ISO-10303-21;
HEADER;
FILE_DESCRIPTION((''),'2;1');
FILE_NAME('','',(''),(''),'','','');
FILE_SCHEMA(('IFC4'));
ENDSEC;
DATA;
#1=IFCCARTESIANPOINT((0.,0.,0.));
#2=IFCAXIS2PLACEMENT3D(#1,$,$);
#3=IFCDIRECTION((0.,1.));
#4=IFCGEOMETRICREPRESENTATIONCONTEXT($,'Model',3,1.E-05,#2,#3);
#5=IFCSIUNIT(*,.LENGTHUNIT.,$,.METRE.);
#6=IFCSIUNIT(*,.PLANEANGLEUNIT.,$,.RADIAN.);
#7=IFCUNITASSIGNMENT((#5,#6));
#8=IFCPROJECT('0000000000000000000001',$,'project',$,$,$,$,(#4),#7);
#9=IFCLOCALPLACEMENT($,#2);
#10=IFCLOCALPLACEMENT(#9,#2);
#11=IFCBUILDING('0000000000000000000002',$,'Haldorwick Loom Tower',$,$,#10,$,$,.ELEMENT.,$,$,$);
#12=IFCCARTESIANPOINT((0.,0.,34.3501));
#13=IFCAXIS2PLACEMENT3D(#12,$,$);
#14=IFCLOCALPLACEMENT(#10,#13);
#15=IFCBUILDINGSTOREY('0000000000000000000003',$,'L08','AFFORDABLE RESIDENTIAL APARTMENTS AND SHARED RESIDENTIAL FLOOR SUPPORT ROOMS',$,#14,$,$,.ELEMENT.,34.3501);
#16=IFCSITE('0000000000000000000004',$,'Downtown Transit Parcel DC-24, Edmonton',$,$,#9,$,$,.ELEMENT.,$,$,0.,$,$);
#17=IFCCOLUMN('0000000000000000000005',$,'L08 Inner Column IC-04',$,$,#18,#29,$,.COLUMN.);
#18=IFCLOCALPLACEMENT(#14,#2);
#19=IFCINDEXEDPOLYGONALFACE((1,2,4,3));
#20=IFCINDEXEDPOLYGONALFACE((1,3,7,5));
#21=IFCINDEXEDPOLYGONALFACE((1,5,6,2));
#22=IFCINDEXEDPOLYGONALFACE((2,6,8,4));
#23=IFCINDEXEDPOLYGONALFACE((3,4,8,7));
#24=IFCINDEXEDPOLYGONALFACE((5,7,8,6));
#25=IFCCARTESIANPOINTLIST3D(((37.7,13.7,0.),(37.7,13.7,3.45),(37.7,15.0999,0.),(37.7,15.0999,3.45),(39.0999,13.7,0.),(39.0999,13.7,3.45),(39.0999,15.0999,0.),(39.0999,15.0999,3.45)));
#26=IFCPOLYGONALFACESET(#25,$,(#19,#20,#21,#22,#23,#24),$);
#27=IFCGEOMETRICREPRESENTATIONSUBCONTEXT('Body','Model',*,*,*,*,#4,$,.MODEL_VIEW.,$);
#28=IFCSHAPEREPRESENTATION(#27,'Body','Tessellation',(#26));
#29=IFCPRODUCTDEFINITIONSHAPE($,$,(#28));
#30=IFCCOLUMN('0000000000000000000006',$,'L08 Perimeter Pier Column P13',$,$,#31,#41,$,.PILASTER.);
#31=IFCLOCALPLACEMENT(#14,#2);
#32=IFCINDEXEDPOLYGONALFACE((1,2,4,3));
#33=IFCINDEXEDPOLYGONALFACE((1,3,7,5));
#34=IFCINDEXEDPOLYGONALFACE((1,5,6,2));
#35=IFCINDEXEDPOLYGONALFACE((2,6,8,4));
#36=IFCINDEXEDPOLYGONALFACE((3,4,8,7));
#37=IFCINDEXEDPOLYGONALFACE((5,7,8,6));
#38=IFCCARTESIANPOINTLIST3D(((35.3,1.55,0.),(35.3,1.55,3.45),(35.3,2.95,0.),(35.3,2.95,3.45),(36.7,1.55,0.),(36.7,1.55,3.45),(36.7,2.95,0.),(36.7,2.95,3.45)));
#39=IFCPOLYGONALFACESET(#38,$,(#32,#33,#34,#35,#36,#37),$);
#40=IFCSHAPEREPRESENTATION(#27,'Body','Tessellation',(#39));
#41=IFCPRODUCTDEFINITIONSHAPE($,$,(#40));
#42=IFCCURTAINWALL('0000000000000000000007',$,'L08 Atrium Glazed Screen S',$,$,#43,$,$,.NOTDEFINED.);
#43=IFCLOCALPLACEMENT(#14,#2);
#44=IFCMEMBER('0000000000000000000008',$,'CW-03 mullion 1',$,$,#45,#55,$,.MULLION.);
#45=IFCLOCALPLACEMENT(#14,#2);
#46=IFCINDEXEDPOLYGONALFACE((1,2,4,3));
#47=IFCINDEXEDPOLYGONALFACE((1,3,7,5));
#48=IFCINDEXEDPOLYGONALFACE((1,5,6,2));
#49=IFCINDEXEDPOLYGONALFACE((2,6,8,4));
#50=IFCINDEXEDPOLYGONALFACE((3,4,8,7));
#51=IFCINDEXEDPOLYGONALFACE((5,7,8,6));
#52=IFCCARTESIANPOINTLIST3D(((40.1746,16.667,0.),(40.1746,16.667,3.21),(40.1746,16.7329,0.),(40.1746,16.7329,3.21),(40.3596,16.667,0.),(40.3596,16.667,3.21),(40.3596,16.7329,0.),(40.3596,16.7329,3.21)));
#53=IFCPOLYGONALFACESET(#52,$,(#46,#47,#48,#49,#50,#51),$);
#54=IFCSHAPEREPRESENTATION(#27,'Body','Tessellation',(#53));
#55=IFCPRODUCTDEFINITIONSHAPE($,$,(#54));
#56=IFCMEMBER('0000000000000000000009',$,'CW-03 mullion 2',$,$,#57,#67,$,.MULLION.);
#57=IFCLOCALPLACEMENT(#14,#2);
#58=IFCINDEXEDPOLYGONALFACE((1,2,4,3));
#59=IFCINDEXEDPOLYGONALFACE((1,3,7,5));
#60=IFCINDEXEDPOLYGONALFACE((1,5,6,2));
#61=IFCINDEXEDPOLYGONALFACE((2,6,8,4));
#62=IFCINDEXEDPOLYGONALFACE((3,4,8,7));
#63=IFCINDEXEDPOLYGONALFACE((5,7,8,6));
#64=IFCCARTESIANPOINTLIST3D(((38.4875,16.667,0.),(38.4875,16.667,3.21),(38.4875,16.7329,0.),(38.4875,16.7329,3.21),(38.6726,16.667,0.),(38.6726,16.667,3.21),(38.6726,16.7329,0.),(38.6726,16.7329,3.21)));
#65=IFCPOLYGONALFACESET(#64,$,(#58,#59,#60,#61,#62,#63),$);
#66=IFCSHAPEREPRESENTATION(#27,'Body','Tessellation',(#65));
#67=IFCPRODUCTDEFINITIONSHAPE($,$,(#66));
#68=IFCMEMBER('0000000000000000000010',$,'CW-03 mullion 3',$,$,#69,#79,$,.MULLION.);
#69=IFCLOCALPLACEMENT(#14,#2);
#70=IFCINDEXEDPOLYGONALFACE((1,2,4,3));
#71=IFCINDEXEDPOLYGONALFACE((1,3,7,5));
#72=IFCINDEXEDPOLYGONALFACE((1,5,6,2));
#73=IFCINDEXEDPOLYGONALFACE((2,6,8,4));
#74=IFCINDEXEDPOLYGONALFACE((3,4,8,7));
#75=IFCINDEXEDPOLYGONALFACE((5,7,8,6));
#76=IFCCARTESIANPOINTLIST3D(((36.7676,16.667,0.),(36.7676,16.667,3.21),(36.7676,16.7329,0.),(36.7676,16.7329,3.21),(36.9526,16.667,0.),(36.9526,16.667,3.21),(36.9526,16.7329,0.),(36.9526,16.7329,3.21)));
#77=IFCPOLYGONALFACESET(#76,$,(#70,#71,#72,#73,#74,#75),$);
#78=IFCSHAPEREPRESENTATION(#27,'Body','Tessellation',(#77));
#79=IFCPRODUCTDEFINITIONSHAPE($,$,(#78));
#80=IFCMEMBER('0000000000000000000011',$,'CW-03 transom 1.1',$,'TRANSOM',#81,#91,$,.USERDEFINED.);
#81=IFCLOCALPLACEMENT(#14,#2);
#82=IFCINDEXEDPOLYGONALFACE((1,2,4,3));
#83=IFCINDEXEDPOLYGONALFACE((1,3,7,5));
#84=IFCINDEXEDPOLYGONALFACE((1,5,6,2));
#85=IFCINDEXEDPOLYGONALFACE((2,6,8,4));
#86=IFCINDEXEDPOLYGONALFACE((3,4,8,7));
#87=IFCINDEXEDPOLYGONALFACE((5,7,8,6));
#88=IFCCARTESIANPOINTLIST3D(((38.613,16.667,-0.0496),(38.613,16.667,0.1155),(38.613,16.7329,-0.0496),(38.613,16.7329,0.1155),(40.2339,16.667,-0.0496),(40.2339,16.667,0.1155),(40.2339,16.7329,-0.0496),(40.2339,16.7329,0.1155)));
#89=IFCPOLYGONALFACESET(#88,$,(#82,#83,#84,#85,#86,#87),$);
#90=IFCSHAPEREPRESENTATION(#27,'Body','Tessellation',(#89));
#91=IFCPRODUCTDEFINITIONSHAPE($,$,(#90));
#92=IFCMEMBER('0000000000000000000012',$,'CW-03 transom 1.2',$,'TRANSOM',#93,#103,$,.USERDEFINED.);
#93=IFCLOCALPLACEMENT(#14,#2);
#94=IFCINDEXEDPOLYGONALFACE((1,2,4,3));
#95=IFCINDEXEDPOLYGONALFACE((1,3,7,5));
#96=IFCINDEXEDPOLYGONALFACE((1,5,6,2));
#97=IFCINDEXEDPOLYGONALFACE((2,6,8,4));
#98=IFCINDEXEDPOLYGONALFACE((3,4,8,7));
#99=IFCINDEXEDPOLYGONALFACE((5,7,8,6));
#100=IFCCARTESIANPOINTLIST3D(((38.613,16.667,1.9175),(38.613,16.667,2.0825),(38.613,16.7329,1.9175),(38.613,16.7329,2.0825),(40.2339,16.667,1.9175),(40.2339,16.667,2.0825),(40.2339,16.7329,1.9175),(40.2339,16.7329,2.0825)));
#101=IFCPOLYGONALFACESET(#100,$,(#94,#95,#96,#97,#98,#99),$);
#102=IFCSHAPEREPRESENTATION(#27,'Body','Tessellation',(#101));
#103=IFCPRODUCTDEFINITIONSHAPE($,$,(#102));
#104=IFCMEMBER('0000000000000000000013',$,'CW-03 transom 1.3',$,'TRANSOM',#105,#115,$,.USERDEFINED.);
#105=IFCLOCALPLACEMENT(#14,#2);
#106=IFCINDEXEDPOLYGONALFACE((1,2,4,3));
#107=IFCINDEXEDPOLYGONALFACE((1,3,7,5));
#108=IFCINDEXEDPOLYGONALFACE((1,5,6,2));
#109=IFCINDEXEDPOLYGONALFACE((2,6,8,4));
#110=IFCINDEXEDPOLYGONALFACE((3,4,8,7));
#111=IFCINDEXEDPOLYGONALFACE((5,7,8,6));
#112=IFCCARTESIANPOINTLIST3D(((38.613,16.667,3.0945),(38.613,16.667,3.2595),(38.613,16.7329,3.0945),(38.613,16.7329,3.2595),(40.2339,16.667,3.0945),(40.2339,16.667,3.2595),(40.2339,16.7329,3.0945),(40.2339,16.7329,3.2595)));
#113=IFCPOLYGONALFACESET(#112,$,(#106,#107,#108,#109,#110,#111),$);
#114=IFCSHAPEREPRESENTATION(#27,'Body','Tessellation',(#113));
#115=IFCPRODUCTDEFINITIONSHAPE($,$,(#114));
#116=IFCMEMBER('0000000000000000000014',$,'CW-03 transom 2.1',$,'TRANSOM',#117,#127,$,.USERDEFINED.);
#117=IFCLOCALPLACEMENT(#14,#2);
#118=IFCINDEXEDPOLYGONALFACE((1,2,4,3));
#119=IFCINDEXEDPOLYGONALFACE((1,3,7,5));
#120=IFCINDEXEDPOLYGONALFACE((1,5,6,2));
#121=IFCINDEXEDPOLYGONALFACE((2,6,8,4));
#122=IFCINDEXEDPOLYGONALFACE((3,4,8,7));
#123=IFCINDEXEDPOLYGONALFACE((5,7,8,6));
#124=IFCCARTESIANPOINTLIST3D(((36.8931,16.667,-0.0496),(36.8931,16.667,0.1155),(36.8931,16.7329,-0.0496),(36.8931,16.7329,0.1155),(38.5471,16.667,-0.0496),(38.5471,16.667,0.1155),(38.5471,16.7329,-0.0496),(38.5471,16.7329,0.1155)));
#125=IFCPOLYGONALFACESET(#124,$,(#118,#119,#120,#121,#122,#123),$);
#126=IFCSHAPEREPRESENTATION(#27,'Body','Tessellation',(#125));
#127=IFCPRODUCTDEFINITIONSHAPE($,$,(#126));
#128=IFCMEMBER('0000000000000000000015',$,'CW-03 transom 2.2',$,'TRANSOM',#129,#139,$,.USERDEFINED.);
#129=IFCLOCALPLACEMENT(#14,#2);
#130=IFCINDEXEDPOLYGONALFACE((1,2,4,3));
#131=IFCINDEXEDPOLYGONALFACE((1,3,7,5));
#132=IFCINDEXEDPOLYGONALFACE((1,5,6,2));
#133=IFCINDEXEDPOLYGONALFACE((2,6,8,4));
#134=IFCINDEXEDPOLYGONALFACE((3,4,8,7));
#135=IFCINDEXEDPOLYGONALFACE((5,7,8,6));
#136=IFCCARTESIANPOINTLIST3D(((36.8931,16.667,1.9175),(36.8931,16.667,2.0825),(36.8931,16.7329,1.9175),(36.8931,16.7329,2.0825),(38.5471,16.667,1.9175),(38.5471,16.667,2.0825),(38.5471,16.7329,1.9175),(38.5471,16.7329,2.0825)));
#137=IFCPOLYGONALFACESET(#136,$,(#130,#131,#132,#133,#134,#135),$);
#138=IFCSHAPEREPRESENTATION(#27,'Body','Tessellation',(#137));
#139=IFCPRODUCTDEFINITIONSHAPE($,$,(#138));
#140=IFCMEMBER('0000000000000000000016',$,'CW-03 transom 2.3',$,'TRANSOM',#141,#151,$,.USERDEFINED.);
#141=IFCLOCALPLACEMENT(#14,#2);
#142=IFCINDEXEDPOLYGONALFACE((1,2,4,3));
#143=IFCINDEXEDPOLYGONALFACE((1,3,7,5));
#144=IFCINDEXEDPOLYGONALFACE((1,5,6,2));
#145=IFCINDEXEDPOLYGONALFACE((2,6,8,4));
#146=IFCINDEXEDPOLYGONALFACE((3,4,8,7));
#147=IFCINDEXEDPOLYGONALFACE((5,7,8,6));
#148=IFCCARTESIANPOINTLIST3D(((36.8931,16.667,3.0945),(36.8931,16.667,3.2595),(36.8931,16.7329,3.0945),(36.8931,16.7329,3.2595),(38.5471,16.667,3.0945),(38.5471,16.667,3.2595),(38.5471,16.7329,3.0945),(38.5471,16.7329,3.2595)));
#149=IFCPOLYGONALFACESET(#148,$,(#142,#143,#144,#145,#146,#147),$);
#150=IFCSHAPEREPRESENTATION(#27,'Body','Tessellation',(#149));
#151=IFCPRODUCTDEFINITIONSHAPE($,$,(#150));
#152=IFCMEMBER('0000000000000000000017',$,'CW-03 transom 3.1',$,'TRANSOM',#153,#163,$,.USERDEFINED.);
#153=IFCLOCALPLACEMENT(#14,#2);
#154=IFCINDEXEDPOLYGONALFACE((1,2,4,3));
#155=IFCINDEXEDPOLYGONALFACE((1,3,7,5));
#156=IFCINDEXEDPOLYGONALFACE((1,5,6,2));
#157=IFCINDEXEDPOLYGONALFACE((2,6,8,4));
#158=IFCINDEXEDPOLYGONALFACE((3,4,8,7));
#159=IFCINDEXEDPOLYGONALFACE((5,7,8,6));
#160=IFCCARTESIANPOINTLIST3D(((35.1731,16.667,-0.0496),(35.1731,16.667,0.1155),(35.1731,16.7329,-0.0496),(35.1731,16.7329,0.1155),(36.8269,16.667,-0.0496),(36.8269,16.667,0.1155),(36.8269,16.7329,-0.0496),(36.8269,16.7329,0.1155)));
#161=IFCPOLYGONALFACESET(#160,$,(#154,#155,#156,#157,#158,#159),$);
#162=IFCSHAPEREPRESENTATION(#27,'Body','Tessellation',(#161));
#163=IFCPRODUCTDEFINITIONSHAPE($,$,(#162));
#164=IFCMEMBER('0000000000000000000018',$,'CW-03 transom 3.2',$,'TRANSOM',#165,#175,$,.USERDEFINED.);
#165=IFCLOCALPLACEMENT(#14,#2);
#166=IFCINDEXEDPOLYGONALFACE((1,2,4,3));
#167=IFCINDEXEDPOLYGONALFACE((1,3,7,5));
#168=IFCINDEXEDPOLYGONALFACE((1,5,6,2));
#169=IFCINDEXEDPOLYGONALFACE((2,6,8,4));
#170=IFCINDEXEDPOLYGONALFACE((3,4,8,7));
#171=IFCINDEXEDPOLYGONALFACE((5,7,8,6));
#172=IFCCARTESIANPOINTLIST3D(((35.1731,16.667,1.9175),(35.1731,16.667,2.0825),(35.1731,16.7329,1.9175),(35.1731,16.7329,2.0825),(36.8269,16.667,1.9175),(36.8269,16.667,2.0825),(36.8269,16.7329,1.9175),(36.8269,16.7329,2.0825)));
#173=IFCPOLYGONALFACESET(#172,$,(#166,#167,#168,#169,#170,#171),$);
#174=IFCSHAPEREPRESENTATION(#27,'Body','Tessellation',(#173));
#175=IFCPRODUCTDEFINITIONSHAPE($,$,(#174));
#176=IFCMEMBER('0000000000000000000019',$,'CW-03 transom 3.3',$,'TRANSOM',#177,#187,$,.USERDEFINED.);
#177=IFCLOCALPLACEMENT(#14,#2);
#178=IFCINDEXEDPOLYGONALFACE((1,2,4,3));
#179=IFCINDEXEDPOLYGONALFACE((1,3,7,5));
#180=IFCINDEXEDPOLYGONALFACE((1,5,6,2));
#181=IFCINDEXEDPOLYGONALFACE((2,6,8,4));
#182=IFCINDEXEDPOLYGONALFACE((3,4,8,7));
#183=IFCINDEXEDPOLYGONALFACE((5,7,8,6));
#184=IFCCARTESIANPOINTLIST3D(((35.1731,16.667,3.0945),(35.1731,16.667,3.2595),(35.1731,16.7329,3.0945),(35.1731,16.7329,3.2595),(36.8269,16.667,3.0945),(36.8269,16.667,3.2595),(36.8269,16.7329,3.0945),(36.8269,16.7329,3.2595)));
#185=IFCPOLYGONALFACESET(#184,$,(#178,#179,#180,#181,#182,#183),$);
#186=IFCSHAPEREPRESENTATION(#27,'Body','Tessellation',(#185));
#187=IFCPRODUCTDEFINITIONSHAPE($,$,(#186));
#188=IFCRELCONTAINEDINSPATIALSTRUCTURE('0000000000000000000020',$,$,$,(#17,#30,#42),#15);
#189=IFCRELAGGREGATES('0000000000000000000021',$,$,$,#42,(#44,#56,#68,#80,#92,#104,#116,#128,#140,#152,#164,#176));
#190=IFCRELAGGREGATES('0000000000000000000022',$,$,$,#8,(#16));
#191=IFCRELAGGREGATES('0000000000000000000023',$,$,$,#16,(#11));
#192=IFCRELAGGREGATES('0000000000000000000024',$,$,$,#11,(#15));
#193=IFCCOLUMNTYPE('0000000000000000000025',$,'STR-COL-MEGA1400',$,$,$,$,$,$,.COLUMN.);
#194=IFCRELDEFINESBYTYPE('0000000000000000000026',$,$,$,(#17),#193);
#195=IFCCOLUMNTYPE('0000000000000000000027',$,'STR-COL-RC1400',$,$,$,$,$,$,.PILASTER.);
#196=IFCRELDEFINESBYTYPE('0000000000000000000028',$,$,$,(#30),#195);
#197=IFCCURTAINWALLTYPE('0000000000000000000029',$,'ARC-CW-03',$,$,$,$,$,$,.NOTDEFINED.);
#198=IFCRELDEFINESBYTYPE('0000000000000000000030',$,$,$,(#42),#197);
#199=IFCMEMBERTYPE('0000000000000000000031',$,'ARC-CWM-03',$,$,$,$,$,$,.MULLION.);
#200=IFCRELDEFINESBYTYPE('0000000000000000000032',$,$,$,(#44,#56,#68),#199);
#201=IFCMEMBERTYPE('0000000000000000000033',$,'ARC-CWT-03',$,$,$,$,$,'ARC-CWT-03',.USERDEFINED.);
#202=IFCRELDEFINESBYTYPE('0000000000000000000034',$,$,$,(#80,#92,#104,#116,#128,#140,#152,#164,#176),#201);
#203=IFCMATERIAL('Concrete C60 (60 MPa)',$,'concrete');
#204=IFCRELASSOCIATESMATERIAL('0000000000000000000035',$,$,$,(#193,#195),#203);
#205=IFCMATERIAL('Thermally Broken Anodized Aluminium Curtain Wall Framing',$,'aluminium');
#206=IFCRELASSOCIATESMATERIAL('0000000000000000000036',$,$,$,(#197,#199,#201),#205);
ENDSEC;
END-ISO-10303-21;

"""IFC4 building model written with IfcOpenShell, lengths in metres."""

from ifc_helpers import new_model, si_unit, direction, frame, origin, origin_2d, place, context, subcontext, project, spatial, rectangle, extrude, material, material_profile, profile_set, type_object, element, aggregate, save


model = new_model("IFC4")

# Units and contexts
model_context = context("Model", 3, precision=1e-05, world=origin(), true_north=direction((0.0, 1.0)))
body_context = subcontext(model_context, "Body", "Model", "MODEL_VIEW")
ifc_project = project(units=[si_unit("LENGTHUNIT", "METRE"), si_unit("PLANEANGLEUNIT", "RADIAN")], contexts=[model_context])

# Site, building, storey
site_placement = place(None, origin())
site = spatial("IfcSite", under=ifc_project, at=site_placement, Name="Downtown Transit Parcel DC-24, Edmonton", CompositionType="ELEMENT", RefElevation=0.0)
building_placement = place(site_placement, origin())
building = spatial("IfcBuilding", under=site, at=building_placement, Name="Haldorwick Loom Tower", CompositionType="ELEMENT")
storey_placement = place(building_placement, frame((0.0, 0.0, 34.3501)))
storey = spatial("IfcBuildingStorey", under=building, at=storey_placement, Name="L08", Description="AFFORDABLE RESIDENTIAL APARTMENTS AND SHARED RESIDENTIAL FLOOR SUPPORT ROOMS", CompositionType="ELEMENT", Elevation=34.3501)

# Columns
ifc_material_1 = material(Name="Concrete C60 (60 MPa)", Category="concrete")
ifc_material_profile_1 = material_profile(ifc_material_1, rectangle(XDim=1.3999, YDim=1.3999, at=origin_2d()), Name="RC1400X1400", Category="concrete")
ifc_profile_set_1 = profile_set([ifc_material_profile_1], Name="Concrete C60 (60 MPa)")
column_type_1 = type_object("IfcColumnType", Name="STR-COL-MEGA1400", PredefinedType="COLUMN", material=ifc_profile_set_1)
column_1_placement = place(storey_placement, frame((38.3999, 14.3999, 0.0), z_axis=(0.0, 0.0, 1.0), x_axis=(1.0, 0.0, 0.0)))
element("IfcColumn", 1, at=column_1_placement, inside=storey, type_object=column_type_1, Name="L08 Inner Column IC-04", PredefinedType="COLUMN", context=body_context, shape_type="SweptSolid", body=[
    extrude(rectangle(XDim=1.3999, YDim=1.3999, at=origin_2d()), origin(), (0.0, 0.0, 1.0), 3.45),
])
ifc_material_profile_2 = material_profile(ifc_material_1, rectangle(XDim=1.3999, YDim=1.3999, at=origin_2d()), Name="RC1400X1400", Category="concrete")
ifc_profile_set_2 = profile_set([ifc_material_profile_2], Name="Concrete C60 (60 MPa)")
column_type_2 = type_object("IfcColumnType", Name="STR-COL-RC1400", PredefinedType="PILASTER", material=ifc_profile_set_2)
column_2_placement = place(storey_placement, frame((36.0, 2.25, 0.0), z_axis=(0.0, 0.0, 1.0), x_axis=(0.0, -1.0, 0.0)))
element("IfcColumn", 2, at=column_2_placement, inside=storey, type_object=column_type_2, Name="L08 Perimeter Pier Column P13", PredefinedType="PILASTER", context=body_context, shape_type="SweptSolid", body=[
    extrude(rectangle(XDim=1.3999, YDim=1.3999, at=origin_2d()), origin(), (0.0, 0.0, 1.0), 3.45),
])

# Curtain wall, members
ifc_material_2 = material(Name="Thermally Broken Anodized Aluminium Curtain Wall Framing", Category="aluminium")
curtain_wall_type = type_object("IfcCurtainWallType", Name="ARC-CW-03", PredefinedType="NOTDEFINED", material=ifc_material_2)
curtain_wall_placement = place(storey_placement, origin())
curtain_wall = element("IfcCurtainWall", 3, at=curtain_wall_placement, inside=storey, type_object=curtain_wall_type, Name="L08 Atrium Glazed Screen S", PredefinedType="NOTDEFINED")
ifc_material_profile_3 = material_profile(ifc_material_2, rectangle(XDim=0.0659, YDim=0.1851, at=origin_2d()), Name="ALU_MUL_66X185", Category="aluminium")
ifc_profile_set_3 = profile_set([ifc_material_profile_3], Name="Thermally Broken Anodized Aluminium Curtain Wall Framing")
member_type_1 = type_object("IfcMemberType", Name="ARC-CWM-03", PredefinedType="MULLION", material=ifc_profile_set_3)
member_1_placement = place(storey_placement, frame((40.2671, 16.7, 0.0), z_axis=(0.0, 0.0, 1.0), x_axis=(0.0, -1.0, 0.0)))
member_1 = element("IfcMember", 4, at=member_1_placement, type_object=member_type_1, Name="CW-03 mullion 1", PredefinedType="MULLION", context=body_context, shape_type="SweptSolid", body=[
    extrude(rectangle(XDim=0.0659, YDim=0.1851, at=origin_2d()), origin(), (0.0, 0.0, 1.0), 3.21),
])
member_2_placement = place(storey_placement, frame((38.5801, 16.7, 0.0), z_axis=(0.0, 0.0, 1.0), x_axis=(0.0, -1.0, 0.0)))
member_2 = element("IfcMember", 5, at=member_2_placement, type_object=member_type_1, Name="CW-03 mullion 2", PredefinedType="MULLION", context=body_context, shape_type="SweptSolid", body=[
    extrude(rectangle(XDim=0.0659, YDim=0.1851, at=origin_2d()), origin(), (0.0, 0.0, 1.0), 3.21),
])
member_3_placement = place(storey_placement, frame((36.8601, 16.7, 0.0), z_axis=(0.0, 0.0, 1.0), x_axis=(0.0, -1.0, 0.0)))
member_3 = element("IfcMember", 6, at=member_3_placement, type_object=member_type_1, Name="CW-03 mullion 3", PredefinedType="MULLION", context=body_context, shape_type="SweptSolid", body=[
    extrude(rectangle(XDim=0.0659, YDim=0.1851, at=origin_2d()), origin(), (0.0, 0.0, 1.0), 3.21),
])
ifc_material_profile_4 = material_profile(ifc_material_2, rectangle(XDim=0.0659, YDim=0.165, at=origin_2d()), Name="ALU_TRN_66X165", Category="aluminium")
ifc_profile_set_4 = profile_set([ifc_material_profile_4], Name="Thermally Broken Anodized Aluminium Curtain Wall Framing")
member_type_2 = type_object("IfcMemberType", Name="ARC-CWT-03", ElementType="ARC-CWT-03", PredefinedType="USERDEFINED", material=ifc_profile_set_4)
member_4_placement = place(storey_placement, frame((40.2339, 16.7, 0.033), z_axis=(-1.0, 0.0, 0.0), x_axis=(0.0, -1.0, 0.0)))
member_4 = element("IfcMember", 7, at=member_4_placement, type_object=member_type_2, Name="CW-03 transom 1.1", ObjectType="TRANSOM", PredefinedType="USERDEFINED", context=body_context, shape_type="SweptSolid", body=[
    extrude(rectangle(XDim=0.0659, YDim=0.165, at=origin_2d()), origin(), (0.0, 0.0, 1.0), 1.6208),
])
member_5_placement = place(storey_placement, frame((40.2339, 16.7, 2.0), z_axis=(-1.0, 0.0, 0.0), x_axis=(0.0, -1.0, 0.0)))
member_5 = element("IfcMember", 8, at=member_5_placement, type_object=member_type_2, Name="CW-03 transom 1.2", ObjectType="TRANSOM", PredefinedType="USERDEFINED", context=body_context, shape_type="SweptSolid", body=[
    extrude(rectangle(XDim=0.0659, YDim=0.165, at=origin_2d()), origin(), (0.0, 0.0, 1.0), 1.6208),
])
member_6_placement = place(storey_placement, frame((40.2339, 16.7, 3.177), z_axis=(-1.0, 0.0, 0.0), x_axis=(0.0, -1.0, 0.0)))
member_6 = element("IfcMember", 9, at=member_6_placement, type_object=member_type_2, Name="CW-03 transom 1.3", ObjectType="TRANSOM", PredefinedType="USERDEFINED", context=body_context, shape_type="SweptSolid", body=[
    extrude(rectangle(XDim=0.0659, YDim=0.165, at=origin_2d()), origin(), (0.0, 0.0, 1.0), 1.6208),
])
member_7_placement = place(storey_placement, frame((38.5471, 16.7, 0.033), z_axis=(-1.0, 0.0, 0.0), x_axis=(0.0, -1.0, 0.0)))
member_7 = element("IfcMember", 10, at=member_7_placement, type_object=member_type_2, Name="CW-03 transom 2.1", ObjectType="TRANSOM", PredefinedType="USERDEFINED", context=body_context, shape_type="SweptSolid", body=[
    extrude(rectangle(XDim=0.0659, YDim=0.165, at=origin_2d()), origin(), (0.0, 0.0, 1.0), 1.6541),
])
member_8_placement = place(storey_placement, frame((38.5471, 16.7, 2.0), z_axis=(-1.0, 0.0, 0.0), x_axis=(0.0, -1.0, 0.0)))
member_8 = element("IfcMember", 11, at=member_8_placement, type_object=member_type_2, Name="CW-03 transom 2.2", ObjectType="TRANSOM", PredefinedType="USERDEFINED", context=body_context, shape_type="SweptSolid", body=[
    extrude(rectangle(XDim=0.0659, YDim=0.165, at=origin_2d()), origin(), (0.0, 0.0, 1.0), 1.6541),
])
member_9_placement = place(storey_placement, frame((38.5471, 16.7, 3.177), z_axis=(-1.0, 0.0, 0.0), x_axis=(0.0, -1.0, 0.0)))
member_9 = element("IfcMember", 12, at=member_9_placement, type_object=member_type_2, Name="CW-03 transom 2.3", ObjectType="TRANSOM", PredefinedType="USERDEFINED", context=body_context, shape_type="SweptSolid", body=[
    extrude(rectangle(XDim=0.0659, YDim=0.165, at=origin_2d()), origin(), (0.0, 0.0, 1.0), 1.6541),
])
member_10_placement = place(storey_placement, frame((36.8269, 16.7, 0.033), z_axis=(-1.0, 0.0, 0.0), x_axis=(0.0, -1.0, 0.0)))
member_10 = element("IfcMember", 13, at=member_10_placement, type_object=member_type_2, Name="CW-03 transom 3.1", ObjectType="TRANSOM", PredefinedType="USERDEFINED", context=body_context, shape_type="SweptSolid", body=[
    extrude(rectangle(XDim=0.0659, YDim=0.165, at=origin_2d()), origin(), (0.0, 0.0, 1.0), 1.6538),
])
member_11_placement = place(storey_placement, frame((36.8269, 16.7, 2.0), z_axis=(-1.0, 0.0, 0.0), x_axis=(0.0, -1.0, 0.0)))
member_11 = element("IfcMember", 14, at=member_11_placement, type_object=member_type_2, Name="CW-03 transom 3.2", ObjectType="TRANSOM", PredefinedType="USERDEFINED", context=body_context, shape_type="SweptSolid", body=[
    extrude(rectangle(XDim=0.0659, YDim=0.165, at=origin_2d()), origin(), (0.0, 0.0, 1.0), 1.6538),
])
member_12_placement = place(storey_placement, frame((36.8269, 16.7, 3.177), z_axis=(-1.0, 0.0, 0.0), x_axis=(0.0, -1.0, 0.0)))
member_12 = element("IfcMember", 15, at=member_12_placement, type_object=member_type_2, Name="CW-03 transom 3.3", ObjectType="TRANSOM", PredefinedType="USERDEFINED", context=body_context, shape_type="SweptSolid", body=[
    extrude(rectangle(XDim=0.0659, YDim=0.165, at=origin_2d()), origin(), (0.0, 0.0, 1.0), 1.6538),
])

aggregate(curtain_wall, [member_1, member_2, member_3, member_4, member_5, member_6, member_7, member_8, member_9, member_10, member_11, member_12])

save(model, "model.ifc")
